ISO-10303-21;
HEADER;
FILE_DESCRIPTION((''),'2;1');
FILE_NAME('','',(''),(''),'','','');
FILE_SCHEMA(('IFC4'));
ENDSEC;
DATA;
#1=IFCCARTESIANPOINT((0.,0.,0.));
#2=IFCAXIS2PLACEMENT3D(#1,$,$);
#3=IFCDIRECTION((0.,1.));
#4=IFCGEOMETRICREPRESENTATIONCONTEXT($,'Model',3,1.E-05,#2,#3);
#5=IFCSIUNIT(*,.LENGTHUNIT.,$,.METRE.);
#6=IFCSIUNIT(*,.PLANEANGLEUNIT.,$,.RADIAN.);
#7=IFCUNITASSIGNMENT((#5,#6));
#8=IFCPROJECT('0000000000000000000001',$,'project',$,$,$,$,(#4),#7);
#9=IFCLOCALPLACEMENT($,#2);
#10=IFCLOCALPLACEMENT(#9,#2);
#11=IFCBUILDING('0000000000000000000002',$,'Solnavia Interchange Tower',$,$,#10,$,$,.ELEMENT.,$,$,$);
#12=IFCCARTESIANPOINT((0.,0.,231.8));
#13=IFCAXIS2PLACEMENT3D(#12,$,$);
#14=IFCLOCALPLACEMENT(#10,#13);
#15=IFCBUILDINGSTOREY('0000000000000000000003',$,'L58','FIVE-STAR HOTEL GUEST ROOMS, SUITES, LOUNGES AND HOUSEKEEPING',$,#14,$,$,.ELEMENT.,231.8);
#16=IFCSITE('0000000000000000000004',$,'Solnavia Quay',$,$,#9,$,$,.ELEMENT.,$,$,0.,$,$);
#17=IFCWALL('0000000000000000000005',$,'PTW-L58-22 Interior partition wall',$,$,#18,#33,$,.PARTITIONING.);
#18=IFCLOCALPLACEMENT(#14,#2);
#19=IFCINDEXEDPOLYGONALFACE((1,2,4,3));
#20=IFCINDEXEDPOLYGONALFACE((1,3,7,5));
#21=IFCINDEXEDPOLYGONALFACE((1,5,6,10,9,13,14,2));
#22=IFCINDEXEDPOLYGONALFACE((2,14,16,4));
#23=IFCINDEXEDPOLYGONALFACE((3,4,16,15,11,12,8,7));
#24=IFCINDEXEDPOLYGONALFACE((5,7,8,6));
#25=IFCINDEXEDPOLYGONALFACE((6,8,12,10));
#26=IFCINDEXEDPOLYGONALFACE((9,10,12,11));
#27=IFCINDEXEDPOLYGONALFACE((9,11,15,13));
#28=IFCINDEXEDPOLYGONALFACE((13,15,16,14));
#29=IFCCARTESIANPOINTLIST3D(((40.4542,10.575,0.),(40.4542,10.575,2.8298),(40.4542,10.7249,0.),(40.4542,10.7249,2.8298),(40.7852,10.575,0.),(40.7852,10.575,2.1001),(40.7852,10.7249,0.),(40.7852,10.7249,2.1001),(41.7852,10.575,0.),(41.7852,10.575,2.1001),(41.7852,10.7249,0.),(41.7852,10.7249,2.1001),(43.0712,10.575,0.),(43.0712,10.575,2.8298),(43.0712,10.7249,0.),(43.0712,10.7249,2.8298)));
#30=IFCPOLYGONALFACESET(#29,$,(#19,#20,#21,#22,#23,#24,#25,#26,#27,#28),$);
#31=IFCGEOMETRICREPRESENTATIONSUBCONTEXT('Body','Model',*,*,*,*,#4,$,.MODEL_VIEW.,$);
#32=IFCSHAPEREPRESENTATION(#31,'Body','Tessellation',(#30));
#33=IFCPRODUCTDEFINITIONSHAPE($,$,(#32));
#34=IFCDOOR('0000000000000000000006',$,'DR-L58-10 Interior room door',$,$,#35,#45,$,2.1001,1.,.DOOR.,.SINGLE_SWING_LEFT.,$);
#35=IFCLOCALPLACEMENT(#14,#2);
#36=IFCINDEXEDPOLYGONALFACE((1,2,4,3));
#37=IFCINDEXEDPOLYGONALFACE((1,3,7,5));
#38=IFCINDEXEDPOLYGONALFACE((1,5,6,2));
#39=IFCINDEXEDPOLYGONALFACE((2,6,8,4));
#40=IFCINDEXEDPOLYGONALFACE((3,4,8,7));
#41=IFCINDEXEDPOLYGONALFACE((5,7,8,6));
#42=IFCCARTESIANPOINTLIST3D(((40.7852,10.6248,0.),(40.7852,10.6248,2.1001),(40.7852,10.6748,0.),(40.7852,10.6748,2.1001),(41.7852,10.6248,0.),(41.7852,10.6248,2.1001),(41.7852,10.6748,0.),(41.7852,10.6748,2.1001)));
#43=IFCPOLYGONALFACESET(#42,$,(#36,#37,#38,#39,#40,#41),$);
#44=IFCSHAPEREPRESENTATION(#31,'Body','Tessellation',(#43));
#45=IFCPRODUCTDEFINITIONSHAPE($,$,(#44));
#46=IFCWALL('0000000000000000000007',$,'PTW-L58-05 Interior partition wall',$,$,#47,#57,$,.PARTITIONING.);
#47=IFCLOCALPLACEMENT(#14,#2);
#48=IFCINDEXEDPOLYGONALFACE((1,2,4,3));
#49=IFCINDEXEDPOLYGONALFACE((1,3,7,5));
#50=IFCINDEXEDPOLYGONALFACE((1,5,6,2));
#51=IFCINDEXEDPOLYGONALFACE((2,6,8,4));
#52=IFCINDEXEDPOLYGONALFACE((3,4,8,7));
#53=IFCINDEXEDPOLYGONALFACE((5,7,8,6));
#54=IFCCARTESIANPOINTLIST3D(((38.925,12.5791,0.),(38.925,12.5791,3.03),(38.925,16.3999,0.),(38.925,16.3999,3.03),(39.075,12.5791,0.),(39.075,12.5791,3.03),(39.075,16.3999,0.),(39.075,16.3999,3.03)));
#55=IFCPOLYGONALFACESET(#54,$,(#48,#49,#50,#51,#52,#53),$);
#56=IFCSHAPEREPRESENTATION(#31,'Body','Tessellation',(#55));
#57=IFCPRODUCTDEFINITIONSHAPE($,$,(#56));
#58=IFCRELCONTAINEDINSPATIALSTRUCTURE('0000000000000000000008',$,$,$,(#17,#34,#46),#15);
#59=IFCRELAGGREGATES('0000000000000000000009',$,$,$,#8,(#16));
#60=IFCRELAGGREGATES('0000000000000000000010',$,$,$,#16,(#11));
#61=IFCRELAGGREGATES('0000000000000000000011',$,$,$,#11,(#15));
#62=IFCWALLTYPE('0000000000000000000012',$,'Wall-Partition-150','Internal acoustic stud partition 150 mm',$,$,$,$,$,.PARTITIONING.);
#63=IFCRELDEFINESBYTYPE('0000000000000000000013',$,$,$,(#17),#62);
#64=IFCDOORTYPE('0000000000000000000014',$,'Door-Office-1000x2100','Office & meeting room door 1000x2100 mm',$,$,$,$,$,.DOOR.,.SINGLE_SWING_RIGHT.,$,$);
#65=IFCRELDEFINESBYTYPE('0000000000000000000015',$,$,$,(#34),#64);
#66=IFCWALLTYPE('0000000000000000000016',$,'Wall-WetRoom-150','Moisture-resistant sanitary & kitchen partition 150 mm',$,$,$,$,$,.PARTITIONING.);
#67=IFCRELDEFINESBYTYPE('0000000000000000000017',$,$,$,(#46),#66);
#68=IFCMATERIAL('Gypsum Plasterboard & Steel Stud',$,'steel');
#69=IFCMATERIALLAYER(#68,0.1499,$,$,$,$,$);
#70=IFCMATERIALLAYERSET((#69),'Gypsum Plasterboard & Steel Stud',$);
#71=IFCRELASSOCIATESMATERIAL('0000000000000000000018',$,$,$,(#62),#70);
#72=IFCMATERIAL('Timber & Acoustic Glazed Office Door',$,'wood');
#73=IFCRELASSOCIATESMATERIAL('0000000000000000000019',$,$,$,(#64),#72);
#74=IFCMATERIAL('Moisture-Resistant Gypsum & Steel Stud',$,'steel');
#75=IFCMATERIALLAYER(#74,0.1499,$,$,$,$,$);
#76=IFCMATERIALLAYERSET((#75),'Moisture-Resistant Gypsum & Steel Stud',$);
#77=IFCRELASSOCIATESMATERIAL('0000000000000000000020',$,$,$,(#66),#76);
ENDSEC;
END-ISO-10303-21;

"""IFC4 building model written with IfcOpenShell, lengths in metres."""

from ifc_helpers import new_model, si_unit, direction, frame, frame_2d, origin, place, context, subcontext, project, spatial, rectangle, extrude, material, layer, layer_set, type_object, element, fill, save


model = new_model("IFC4")

# Units and contexts
model_context = context("Model", 3, precision=1e-05, world=origin(), true_north=direction((0.0, 1.0)))
body_context = subcontext(model_context, "Body", "Model", "MODEL_VIEW")
ifc_project = project(units=[si_unit("LENGTHUNIT", "METRE"), si_unit("PLANEANGLEUNIT", "RADIAN")], contexts=[model_context])

# Site, building, storey
site_placement = place(None, origin())
site = spatial("IfcSite", under=ifc_project, at=site_placement, Name="Solnavia Quay", CompositionType="ELEMENT", RefElevation=0.0)
building_placement = place(site_placement, origin())
building = spatial("IfcBuilding", under=site, at=building_placement, Name="Solnavia Interchange Tower", CompositionType="ELEMENT")
storey_placement = place(building_placement, frame((0.0, 0.0, 231.8)))
storey = spatial("IfcBuildingStorey", under=building, at=storey_placement, Name="L58", Description="FIVE-STAR HOTEL GUEST ROOMS, SUITES, LOUNGES AND HOUSEKEEPING", CompositionType="ELEMENT", Elevation=231.8)

# Wall, opening, door
ifc_material_1 = material(Name="Gypsum Plasterboard & Steel Stud", Category="steel")
ifc_layer_1 = layer(ifc_material_1, 0.1499)
ifc_layer_set_1 = layer_set([ifc_layer_1], Name="Gypsum Plasterboard & Steel Stud")
wall_type_1 = type_object("IfcWallType", Name="Wall-Partition-150", Description="Internal acoustic stud partition 150 mm", PredefinedType="PARTITIONING", material=ifc_layer_set_1)
wall_1_placement = place(storey_placement, frame((40.4541, 10.6499, 0.0), z_axis=(0.0, 0.0, 1.0), x_axis=(1.0, 0.0, 0.0)))
wall_1 = element("IfcWall", 1, at=wall_1_placement, inside=storey, type_object=wall_type_1, Name="PTW-L58-22 Interior partition wall", PredefinedType="PARTITIONING", context=body_context, shape_type="SweptSolid", body=[
    extrude(rectangle(XDim=2.6169, YDim=0.1499, at=frame_2d((1.3086, 0.0))), origin(), (0.0, 0.0, 1.0), 2.8298),
])
opening_1_placement = place(wall_1_placement, frame((0.3311, 0.0, 0.0)))
opening_1 = element("IfcOpeningElement", 2, at=opening_1_placement, cuts=wall_1, PredefinedType="OPENING", context=body_context, shape_type="SweptSolid", body=[
    extrude(rectangle(XDim=1.0, YDim=2.1001, at=frame_2d((0.5, 1.05))), frame((0.0, 0.085, 0.0), z_axis=(0.0, -1.0, 0.0), x_axis=(1.0, 0.0, 0.0)), (0.0, 0.0, 1.0), 0.1699),
])
ifc_material_2 = material(Name="Timber & Acoustic Glazed Office Door", Category="wood")
door_type = type_object("IfcDoorType", Name="Door-Office-1000x2100", Description="Office & meeting room door 1000x2100 mm", OperationType="SINGLE_SWING_RIGHT", PredefinedType="DOOR", material=ifc_material_2)
door_placement = place(opening_1_placement, origin())
door = element("IfcDoor", 3, at=door_placement, inside=storey, type_object=door_type, Name="DR-L58-10 Interior room door", OperationType="SINGLE_SWING_LEFT", OverallHeight=2.1001, OverallWidth=1.0, PredefinedType="DOOR", context=body_context, shape_type="SweptSolid", body=[
    extrude(rectangle(XDim=1.0, YDim=2.1001, at=frame_2d((0.5, 1.05))), frame((0.0, 0.0249, 0.0), z_axis=(0.0, -1.0, 0.0), x_axis=(1.0, 0.0, 0.0)), (0.0, 0.0, 1.0), 0.05),
])
fill(opening_1, door)

# Wall
ifc_material_3 = material(Name="Moisture-Resistant Gypsum & Steel Stud", Category="steel")
ifc_layer_2 = layer(ifc_material_3, 0.1499)
ifc_layer_set_2 = layer_set([ifc_layer_2], Name="Moisture-Resistant Gypsum & Steel Stud")
wall_type_2 = type_object("IfcWallType", Name="Wall-WetRoom-150", Description="Moisture-resistant sanitary & kitchen partition 150 mm", PredefinedType="PARTITIONING", material=ifc_layer_set_2)
wall_2_placement = place(storey_placement, frame((39.0, 12.5791, 0.0), z_axis=(0.0, 0.0, 1.0), x_axis=(0.0, 1.0, 0.0)))
element("IfcWall", 4, at=wall_2_placement, inside=storey, type_object=wall_type_2, Name="PTW-L58-05 Interior partition wall", PredefinedType="PARTITIONING", context=body_context, shape_type="SweptSolid", body=[
    extrude(rectangle(XDim=3.8208, YDim=0.1499, at=frame_2d((1.9104, 0.0))), origin(), (0.0, 0.0, 1.0), 3.03),
])

save(model, "model.ifc")
